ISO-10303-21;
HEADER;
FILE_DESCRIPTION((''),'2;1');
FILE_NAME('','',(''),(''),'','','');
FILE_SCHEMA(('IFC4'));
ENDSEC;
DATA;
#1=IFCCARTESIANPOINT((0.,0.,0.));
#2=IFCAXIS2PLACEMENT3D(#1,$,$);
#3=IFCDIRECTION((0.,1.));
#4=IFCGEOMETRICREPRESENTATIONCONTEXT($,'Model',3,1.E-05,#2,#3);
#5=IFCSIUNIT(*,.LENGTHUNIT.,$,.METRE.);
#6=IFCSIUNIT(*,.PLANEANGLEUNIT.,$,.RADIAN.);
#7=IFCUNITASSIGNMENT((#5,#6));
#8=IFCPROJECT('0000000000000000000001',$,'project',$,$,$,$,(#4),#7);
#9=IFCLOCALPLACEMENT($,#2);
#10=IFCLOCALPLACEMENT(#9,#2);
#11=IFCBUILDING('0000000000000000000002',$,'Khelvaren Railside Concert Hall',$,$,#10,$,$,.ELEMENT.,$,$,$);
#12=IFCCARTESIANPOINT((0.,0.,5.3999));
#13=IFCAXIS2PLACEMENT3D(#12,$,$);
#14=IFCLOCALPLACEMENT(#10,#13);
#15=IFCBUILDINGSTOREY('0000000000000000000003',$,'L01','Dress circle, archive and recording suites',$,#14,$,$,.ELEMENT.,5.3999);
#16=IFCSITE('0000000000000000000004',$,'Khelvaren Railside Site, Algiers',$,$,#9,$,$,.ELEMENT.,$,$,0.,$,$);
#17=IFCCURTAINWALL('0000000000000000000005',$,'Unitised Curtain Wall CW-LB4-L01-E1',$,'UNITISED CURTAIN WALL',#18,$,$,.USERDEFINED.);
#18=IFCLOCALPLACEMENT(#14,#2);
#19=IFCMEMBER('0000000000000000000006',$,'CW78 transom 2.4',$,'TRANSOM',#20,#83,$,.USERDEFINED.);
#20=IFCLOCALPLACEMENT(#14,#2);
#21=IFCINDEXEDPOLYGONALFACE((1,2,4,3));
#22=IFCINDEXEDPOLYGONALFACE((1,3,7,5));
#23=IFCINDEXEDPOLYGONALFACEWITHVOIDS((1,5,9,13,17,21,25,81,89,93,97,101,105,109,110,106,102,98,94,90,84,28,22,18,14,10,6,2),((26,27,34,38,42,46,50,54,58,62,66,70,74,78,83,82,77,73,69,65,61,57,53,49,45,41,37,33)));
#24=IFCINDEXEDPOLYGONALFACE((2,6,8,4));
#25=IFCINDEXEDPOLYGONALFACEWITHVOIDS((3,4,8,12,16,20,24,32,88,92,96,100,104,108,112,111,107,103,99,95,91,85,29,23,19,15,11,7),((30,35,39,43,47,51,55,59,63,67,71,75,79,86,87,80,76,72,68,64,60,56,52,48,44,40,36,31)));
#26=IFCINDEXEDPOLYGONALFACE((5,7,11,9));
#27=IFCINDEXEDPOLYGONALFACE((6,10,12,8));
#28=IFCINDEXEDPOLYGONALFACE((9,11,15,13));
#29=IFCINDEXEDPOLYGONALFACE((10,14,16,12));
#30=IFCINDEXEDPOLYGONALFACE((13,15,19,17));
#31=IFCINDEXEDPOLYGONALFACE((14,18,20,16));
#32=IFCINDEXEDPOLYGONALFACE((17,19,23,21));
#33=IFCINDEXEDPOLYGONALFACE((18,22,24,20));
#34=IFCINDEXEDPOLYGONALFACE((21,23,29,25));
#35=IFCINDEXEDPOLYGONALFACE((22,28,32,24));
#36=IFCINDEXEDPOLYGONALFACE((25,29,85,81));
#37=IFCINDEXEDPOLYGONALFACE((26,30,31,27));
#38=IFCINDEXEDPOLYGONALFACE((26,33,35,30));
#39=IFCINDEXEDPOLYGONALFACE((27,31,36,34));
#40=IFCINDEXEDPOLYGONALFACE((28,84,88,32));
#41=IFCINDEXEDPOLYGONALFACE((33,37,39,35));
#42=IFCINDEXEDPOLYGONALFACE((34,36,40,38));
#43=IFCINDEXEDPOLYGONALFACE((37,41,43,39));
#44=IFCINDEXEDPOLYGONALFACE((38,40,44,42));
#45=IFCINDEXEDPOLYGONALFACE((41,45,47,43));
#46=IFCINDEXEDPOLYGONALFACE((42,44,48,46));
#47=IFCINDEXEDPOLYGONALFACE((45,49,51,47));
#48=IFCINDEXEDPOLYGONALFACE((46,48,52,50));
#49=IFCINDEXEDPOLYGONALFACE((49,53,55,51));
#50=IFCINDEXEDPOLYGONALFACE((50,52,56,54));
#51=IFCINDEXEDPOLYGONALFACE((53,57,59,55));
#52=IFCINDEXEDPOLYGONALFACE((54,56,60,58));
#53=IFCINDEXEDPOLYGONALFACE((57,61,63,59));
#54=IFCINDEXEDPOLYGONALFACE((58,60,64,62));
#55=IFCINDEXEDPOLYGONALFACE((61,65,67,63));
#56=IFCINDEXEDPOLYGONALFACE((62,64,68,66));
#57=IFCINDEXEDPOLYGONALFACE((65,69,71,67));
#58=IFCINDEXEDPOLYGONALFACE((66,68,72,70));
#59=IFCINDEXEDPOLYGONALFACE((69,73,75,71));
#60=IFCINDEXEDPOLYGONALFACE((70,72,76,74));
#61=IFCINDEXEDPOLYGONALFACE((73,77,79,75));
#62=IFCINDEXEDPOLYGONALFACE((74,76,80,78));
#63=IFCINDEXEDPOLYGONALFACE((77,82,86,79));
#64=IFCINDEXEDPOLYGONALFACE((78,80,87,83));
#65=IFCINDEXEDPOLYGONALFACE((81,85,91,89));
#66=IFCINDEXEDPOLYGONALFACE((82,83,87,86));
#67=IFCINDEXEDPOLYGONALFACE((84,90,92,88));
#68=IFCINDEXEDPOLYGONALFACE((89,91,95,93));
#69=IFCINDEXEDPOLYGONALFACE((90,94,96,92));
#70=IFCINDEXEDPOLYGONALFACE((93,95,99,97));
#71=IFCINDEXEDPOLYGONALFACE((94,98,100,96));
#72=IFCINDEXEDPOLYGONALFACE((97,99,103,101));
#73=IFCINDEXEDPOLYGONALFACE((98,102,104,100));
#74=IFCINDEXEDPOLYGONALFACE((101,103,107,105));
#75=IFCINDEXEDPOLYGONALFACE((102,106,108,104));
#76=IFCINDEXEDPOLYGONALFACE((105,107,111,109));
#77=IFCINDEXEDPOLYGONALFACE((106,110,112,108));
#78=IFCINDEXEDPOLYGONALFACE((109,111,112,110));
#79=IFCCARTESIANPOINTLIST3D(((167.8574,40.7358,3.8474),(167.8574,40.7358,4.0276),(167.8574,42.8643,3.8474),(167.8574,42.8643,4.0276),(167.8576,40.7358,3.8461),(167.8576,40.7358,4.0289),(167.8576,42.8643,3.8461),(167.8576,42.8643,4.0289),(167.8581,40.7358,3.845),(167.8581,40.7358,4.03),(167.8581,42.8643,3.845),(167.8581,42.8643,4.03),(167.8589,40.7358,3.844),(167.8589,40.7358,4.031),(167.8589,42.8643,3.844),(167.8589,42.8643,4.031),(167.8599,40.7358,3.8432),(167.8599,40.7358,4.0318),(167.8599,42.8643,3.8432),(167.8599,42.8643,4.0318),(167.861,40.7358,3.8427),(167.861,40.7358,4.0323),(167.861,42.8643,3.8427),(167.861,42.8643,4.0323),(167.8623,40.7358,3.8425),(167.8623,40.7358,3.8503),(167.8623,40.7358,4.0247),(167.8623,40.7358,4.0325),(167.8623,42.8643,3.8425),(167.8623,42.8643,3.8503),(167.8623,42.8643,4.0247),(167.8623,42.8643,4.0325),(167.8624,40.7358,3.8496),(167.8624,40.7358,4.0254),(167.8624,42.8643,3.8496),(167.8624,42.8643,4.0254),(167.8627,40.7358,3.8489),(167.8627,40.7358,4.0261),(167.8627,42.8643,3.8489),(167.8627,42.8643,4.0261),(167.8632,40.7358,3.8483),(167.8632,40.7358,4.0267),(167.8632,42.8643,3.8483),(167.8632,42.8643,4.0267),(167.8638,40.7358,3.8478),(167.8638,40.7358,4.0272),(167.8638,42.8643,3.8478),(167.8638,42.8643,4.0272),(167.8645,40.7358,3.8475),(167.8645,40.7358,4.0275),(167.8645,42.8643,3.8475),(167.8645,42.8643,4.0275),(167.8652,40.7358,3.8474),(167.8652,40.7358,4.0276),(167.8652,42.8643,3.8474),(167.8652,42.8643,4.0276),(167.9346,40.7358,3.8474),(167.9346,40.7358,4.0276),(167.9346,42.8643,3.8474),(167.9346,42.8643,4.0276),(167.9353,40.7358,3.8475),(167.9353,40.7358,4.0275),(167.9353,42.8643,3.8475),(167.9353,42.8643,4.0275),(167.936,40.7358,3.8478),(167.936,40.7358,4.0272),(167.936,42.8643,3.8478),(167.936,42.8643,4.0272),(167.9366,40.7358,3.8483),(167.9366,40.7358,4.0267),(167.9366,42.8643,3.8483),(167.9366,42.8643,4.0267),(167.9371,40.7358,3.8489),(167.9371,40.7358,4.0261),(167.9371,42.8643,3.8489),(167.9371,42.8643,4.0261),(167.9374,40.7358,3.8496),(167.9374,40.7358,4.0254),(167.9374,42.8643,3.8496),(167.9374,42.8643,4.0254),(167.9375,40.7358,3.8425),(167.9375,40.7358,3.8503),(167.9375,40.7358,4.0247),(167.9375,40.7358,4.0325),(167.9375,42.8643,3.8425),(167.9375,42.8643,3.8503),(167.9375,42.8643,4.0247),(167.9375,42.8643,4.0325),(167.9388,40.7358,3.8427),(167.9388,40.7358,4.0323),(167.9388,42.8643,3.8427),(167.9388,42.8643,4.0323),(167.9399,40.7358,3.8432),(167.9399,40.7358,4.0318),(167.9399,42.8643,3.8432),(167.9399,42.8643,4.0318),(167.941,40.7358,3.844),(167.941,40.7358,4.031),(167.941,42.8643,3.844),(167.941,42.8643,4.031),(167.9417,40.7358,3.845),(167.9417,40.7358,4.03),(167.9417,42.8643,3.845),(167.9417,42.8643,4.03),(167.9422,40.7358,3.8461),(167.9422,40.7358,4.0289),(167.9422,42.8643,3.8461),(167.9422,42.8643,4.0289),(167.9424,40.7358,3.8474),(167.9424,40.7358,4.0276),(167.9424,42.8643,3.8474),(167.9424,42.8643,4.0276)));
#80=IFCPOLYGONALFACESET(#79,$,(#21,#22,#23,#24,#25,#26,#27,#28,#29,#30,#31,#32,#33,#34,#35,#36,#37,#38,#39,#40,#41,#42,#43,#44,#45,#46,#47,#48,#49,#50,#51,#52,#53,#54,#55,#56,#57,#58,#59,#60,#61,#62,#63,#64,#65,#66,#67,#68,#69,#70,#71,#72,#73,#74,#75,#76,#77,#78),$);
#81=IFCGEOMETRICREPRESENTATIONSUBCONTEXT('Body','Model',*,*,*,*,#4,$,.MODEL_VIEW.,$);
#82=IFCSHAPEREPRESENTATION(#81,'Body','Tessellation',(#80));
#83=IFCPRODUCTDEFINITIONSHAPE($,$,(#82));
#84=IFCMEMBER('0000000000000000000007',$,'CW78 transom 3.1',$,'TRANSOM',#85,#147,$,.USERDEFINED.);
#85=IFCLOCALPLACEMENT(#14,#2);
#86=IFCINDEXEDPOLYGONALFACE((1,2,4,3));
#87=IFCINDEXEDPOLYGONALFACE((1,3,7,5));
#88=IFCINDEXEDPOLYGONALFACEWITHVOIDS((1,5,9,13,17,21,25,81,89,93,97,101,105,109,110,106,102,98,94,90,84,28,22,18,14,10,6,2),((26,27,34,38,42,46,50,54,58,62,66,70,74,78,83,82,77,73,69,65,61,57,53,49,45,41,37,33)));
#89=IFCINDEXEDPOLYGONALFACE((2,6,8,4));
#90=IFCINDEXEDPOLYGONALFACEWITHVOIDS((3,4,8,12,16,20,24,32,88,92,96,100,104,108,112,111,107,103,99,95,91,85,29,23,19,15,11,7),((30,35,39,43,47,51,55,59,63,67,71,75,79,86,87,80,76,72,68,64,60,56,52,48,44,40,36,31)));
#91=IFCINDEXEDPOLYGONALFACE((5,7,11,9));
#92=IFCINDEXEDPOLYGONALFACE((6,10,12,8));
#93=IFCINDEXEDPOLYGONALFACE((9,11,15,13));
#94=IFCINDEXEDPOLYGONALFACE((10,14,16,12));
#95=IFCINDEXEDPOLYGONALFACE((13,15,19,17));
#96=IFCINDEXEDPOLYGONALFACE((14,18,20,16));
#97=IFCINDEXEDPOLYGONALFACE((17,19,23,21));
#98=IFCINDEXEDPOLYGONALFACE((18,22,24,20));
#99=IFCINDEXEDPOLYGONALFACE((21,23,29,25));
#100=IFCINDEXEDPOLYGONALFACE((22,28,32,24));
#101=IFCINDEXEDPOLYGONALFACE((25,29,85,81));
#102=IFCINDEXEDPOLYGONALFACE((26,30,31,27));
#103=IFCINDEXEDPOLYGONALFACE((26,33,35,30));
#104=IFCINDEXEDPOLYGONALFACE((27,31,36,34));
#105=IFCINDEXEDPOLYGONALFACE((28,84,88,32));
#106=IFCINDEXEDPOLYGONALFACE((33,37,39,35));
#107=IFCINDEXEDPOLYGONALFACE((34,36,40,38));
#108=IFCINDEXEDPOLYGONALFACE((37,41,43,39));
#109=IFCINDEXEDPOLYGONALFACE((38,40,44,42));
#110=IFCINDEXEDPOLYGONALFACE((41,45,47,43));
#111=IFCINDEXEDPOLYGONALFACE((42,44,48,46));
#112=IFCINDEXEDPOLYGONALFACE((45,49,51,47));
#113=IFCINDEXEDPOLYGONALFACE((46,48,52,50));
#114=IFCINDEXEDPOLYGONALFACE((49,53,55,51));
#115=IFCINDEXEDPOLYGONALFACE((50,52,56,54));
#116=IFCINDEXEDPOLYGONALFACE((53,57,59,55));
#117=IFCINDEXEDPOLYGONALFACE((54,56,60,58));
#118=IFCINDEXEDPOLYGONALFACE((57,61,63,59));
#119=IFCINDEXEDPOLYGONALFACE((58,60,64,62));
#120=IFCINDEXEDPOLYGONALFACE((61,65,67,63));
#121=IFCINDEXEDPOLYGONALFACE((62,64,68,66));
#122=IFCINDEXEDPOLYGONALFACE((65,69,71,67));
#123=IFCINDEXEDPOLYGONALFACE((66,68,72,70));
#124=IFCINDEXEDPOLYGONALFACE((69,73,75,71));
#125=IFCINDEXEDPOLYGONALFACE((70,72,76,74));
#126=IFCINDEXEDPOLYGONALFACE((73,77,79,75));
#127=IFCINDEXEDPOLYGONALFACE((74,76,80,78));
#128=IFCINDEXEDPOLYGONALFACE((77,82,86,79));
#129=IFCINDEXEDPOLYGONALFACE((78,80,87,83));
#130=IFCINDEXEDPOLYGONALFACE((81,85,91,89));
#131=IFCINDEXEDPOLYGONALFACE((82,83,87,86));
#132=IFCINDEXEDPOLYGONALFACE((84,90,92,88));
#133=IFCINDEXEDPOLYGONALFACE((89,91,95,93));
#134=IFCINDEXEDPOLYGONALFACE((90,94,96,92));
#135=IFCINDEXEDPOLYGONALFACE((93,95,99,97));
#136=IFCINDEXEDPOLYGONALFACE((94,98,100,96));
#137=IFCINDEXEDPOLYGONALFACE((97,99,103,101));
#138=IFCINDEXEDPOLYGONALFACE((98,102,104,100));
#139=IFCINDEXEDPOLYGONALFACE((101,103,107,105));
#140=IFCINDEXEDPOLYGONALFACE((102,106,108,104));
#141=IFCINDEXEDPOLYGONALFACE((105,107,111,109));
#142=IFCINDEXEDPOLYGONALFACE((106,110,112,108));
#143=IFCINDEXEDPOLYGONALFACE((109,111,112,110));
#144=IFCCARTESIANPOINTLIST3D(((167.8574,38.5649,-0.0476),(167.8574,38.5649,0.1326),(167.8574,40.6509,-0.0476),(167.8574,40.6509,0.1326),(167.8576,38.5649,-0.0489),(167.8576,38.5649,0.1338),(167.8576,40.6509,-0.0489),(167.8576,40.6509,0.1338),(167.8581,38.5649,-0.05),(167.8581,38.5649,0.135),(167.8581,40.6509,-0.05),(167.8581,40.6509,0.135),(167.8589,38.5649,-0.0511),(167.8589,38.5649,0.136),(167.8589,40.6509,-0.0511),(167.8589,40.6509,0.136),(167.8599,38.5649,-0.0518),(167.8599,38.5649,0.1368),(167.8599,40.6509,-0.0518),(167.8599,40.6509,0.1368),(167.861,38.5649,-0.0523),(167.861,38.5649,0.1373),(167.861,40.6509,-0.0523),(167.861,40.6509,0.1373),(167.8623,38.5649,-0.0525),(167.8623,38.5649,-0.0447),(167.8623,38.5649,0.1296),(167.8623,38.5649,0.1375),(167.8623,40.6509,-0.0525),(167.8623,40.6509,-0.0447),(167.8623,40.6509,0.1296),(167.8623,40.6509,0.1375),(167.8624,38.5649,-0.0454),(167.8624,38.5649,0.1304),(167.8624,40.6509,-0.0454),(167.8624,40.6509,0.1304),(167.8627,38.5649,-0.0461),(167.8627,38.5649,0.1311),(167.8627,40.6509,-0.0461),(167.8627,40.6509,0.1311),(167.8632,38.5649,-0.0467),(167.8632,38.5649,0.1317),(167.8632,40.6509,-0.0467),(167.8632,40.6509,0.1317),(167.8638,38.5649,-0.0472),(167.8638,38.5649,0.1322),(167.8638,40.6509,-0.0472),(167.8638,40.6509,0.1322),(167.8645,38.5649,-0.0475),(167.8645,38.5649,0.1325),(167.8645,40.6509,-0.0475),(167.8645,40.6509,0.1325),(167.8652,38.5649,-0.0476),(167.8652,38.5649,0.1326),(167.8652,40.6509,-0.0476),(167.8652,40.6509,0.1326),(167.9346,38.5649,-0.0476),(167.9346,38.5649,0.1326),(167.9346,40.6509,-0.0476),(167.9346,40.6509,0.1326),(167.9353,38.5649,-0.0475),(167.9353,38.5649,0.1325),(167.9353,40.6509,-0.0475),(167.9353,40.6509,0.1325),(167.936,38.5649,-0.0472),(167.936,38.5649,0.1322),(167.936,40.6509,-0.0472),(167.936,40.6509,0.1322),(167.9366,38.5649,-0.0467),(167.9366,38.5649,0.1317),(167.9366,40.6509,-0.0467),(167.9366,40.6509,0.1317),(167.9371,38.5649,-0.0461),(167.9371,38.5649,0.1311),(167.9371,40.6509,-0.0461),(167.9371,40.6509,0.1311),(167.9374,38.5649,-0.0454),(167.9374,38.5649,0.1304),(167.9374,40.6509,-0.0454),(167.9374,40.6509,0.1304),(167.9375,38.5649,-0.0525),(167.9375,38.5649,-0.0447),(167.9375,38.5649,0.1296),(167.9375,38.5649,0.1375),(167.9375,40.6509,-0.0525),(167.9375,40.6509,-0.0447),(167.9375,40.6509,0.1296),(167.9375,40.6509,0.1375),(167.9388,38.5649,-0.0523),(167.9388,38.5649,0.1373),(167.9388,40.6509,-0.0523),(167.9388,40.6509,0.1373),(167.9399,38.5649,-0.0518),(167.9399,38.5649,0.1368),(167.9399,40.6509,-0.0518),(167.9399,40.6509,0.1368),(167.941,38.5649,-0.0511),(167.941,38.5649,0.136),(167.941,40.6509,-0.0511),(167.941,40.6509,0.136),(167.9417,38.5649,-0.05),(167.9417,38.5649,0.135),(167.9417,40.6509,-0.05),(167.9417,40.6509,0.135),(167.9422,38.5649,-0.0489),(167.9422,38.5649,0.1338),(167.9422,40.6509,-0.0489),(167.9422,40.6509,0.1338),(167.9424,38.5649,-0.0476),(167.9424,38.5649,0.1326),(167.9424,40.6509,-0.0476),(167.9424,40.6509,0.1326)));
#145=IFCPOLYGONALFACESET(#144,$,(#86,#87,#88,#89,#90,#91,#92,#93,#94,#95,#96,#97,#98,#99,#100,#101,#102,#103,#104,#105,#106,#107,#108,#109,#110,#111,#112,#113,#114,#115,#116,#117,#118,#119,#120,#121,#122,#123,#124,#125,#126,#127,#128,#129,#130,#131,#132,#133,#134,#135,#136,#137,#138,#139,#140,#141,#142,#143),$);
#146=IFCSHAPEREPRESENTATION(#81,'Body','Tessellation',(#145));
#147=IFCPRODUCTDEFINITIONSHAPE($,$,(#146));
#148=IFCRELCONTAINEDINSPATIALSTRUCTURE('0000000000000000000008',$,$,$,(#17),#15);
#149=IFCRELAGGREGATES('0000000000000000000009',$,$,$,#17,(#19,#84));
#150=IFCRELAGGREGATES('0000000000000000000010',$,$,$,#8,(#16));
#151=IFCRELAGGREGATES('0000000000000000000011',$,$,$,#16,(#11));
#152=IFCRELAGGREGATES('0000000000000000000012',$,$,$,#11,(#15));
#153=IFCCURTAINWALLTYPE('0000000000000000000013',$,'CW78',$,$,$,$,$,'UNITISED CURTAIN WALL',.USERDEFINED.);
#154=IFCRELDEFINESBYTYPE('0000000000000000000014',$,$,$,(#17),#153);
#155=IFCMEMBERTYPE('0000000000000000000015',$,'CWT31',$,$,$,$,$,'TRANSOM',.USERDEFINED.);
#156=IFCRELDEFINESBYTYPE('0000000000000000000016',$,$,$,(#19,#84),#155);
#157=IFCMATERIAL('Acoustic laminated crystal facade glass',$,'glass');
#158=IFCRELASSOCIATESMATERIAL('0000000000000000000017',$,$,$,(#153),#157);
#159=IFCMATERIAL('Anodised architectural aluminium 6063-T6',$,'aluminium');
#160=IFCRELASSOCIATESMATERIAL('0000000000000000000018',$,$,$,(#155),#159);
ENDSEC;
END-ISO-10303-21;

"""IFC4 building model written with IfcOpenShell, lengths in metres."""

from ifc_helpers import new_model, si_unit, direction, frame, origin, origin_2d, place, context, subcontext, project, spatial, hollow_rectangle, extrude, material, material_profile, profile_set, type_object, element, aggregate, save


model = new_model("IFC4")

# Units and contexts
model_context = context("Model", 3, precision=1e-05, world=origin(), true_north=direction((0.0, 1.0)))
body_context = subcontext(model_context, "Body", "Model", "MODEL_VIEW")
ifc_project = project(units=[si_unit("LENGTHUNIT", "METRE"), si_unit("PLANEANGLEUNIT", "RADIAN")], contexts=[model_context])

# Site, building, storey
site_placement = place(None, origin())
site = spatial("IfcSite", under=ifc_project, at=site_placement, Name="Khelvaren Railside Site, Algiers", CompositionType="ELEMENT", RefElevation=0.0)
building_placement = place(site_placement, origin())
building = spatial("IfcBuilding", under=site, at=building_placement, Name="Khelvaren Railside Concert Hall", CompositionType="ELEMENT")
storey_placement = place(building_placement, frame((0.0, 0.0, 5.3999)))
storey = spatial("IfcBuildingStorey", under=building, at=storey_placement, Name="L01", Description="Dress circle, archive and recording suites", CompositionType="ELEMENT", Elevation=5.3999)

# Curtain wall, members
ifc_material_1 = material(Name="Acoustic laminated crystal facade glass", Category="glass")
curtain_wall_type = type_object("IfcCurtainWallType", Name="CW78", ElementType="UNITISED CURTAIN WALL", PredefinedType="USERDEFINED", material=ifc_material_1)
curtain_wall_placement = place(storey_placement, origin())
curtain_wall = element("IfcCurtainWall", 1, at=curtain_wall_placement, inside=storey, type_object=curtain_wall_type, Name="Unitised Curtain Wall CW-LB4-L01-E1", ObjectType="UNITISED CURTAIN WALL", PredefinedType="USERDEFINED")
ifc_material_2 = material(Name="Anodised architectural aluminium 6063-T6", Category="aluminium")
ifc_material_profile_1 = material_profile(ifc_material_2, hollow_rectangle(XDim=0.085, YDim=0.1899, WallThickness=0.0049, InnerFilletRadius=0.0029, OuterFilletRadius=0.0049, at=origin_2d()), Name="CWT 85x190x5")
ifc_profile_set_1 = profile_set([ifc_material_profile_1], Name="Anodised architectural aluminium 6063-T6")
member_type_1 = type_object("IfcMemberType", Name="CWT31", ElementType="TRANSOM", PredefinedType="USERDEFINED", material=ifc_profile_set_1)
member_1_placement = place(storey_placement, frame((167.8999, 42.8643, 3.9375), z_axis=(0.0, -1.0, 0.0), x_axis=(1.0, 0.0, 0.0)))
member_1 = element("IfcMember", 2, at=member_1_placement, type_object=member_type_1, Name="CW78 transom 2.4", ObjectType="TRANSOM", PredefinedType="USERDEFINED", context=body_context, shape_type="SweptSolid", body=[
    extrude(hollow_rectangle(XDim=0.085, YDim=0.1899, WallThickness=0.0049, InnerFilletRadius=0.0029, OuterFilletRadius=0.0049, at=origin_2d()), origin(), (0.0, 0.0, 1.0), 2.1284),
])
member_2_placement = place(storey_placement, frame((167.8999, 40.6509, 0.0425), z_axis=(0.0, -1.0, 0.0), x_axis=(1.0, 0.0, 0.0)))
member_2 = element("IfcMember", 3, at=member_2_placement, type_object=member_type_1, Name="CW78 transom 3.1", ObjectType="TRANSOM", PredefinedType="USERDEFINED", context=body_context, shape_type="SweptSolid", body=[
    extrude(hollow_rectangle(XDim=0.085, YDim=0.1899, WallThickness=0.0049, InnerFilletRadius=0.0029, OuterFilletRadius=0.0049, at=origin_2d()), origin(), (0.0, 0.0, 1.0), 2.0859),
])

aggregate(curtain_wall, [member_1, member_2])

save(model, "model.ifc")
